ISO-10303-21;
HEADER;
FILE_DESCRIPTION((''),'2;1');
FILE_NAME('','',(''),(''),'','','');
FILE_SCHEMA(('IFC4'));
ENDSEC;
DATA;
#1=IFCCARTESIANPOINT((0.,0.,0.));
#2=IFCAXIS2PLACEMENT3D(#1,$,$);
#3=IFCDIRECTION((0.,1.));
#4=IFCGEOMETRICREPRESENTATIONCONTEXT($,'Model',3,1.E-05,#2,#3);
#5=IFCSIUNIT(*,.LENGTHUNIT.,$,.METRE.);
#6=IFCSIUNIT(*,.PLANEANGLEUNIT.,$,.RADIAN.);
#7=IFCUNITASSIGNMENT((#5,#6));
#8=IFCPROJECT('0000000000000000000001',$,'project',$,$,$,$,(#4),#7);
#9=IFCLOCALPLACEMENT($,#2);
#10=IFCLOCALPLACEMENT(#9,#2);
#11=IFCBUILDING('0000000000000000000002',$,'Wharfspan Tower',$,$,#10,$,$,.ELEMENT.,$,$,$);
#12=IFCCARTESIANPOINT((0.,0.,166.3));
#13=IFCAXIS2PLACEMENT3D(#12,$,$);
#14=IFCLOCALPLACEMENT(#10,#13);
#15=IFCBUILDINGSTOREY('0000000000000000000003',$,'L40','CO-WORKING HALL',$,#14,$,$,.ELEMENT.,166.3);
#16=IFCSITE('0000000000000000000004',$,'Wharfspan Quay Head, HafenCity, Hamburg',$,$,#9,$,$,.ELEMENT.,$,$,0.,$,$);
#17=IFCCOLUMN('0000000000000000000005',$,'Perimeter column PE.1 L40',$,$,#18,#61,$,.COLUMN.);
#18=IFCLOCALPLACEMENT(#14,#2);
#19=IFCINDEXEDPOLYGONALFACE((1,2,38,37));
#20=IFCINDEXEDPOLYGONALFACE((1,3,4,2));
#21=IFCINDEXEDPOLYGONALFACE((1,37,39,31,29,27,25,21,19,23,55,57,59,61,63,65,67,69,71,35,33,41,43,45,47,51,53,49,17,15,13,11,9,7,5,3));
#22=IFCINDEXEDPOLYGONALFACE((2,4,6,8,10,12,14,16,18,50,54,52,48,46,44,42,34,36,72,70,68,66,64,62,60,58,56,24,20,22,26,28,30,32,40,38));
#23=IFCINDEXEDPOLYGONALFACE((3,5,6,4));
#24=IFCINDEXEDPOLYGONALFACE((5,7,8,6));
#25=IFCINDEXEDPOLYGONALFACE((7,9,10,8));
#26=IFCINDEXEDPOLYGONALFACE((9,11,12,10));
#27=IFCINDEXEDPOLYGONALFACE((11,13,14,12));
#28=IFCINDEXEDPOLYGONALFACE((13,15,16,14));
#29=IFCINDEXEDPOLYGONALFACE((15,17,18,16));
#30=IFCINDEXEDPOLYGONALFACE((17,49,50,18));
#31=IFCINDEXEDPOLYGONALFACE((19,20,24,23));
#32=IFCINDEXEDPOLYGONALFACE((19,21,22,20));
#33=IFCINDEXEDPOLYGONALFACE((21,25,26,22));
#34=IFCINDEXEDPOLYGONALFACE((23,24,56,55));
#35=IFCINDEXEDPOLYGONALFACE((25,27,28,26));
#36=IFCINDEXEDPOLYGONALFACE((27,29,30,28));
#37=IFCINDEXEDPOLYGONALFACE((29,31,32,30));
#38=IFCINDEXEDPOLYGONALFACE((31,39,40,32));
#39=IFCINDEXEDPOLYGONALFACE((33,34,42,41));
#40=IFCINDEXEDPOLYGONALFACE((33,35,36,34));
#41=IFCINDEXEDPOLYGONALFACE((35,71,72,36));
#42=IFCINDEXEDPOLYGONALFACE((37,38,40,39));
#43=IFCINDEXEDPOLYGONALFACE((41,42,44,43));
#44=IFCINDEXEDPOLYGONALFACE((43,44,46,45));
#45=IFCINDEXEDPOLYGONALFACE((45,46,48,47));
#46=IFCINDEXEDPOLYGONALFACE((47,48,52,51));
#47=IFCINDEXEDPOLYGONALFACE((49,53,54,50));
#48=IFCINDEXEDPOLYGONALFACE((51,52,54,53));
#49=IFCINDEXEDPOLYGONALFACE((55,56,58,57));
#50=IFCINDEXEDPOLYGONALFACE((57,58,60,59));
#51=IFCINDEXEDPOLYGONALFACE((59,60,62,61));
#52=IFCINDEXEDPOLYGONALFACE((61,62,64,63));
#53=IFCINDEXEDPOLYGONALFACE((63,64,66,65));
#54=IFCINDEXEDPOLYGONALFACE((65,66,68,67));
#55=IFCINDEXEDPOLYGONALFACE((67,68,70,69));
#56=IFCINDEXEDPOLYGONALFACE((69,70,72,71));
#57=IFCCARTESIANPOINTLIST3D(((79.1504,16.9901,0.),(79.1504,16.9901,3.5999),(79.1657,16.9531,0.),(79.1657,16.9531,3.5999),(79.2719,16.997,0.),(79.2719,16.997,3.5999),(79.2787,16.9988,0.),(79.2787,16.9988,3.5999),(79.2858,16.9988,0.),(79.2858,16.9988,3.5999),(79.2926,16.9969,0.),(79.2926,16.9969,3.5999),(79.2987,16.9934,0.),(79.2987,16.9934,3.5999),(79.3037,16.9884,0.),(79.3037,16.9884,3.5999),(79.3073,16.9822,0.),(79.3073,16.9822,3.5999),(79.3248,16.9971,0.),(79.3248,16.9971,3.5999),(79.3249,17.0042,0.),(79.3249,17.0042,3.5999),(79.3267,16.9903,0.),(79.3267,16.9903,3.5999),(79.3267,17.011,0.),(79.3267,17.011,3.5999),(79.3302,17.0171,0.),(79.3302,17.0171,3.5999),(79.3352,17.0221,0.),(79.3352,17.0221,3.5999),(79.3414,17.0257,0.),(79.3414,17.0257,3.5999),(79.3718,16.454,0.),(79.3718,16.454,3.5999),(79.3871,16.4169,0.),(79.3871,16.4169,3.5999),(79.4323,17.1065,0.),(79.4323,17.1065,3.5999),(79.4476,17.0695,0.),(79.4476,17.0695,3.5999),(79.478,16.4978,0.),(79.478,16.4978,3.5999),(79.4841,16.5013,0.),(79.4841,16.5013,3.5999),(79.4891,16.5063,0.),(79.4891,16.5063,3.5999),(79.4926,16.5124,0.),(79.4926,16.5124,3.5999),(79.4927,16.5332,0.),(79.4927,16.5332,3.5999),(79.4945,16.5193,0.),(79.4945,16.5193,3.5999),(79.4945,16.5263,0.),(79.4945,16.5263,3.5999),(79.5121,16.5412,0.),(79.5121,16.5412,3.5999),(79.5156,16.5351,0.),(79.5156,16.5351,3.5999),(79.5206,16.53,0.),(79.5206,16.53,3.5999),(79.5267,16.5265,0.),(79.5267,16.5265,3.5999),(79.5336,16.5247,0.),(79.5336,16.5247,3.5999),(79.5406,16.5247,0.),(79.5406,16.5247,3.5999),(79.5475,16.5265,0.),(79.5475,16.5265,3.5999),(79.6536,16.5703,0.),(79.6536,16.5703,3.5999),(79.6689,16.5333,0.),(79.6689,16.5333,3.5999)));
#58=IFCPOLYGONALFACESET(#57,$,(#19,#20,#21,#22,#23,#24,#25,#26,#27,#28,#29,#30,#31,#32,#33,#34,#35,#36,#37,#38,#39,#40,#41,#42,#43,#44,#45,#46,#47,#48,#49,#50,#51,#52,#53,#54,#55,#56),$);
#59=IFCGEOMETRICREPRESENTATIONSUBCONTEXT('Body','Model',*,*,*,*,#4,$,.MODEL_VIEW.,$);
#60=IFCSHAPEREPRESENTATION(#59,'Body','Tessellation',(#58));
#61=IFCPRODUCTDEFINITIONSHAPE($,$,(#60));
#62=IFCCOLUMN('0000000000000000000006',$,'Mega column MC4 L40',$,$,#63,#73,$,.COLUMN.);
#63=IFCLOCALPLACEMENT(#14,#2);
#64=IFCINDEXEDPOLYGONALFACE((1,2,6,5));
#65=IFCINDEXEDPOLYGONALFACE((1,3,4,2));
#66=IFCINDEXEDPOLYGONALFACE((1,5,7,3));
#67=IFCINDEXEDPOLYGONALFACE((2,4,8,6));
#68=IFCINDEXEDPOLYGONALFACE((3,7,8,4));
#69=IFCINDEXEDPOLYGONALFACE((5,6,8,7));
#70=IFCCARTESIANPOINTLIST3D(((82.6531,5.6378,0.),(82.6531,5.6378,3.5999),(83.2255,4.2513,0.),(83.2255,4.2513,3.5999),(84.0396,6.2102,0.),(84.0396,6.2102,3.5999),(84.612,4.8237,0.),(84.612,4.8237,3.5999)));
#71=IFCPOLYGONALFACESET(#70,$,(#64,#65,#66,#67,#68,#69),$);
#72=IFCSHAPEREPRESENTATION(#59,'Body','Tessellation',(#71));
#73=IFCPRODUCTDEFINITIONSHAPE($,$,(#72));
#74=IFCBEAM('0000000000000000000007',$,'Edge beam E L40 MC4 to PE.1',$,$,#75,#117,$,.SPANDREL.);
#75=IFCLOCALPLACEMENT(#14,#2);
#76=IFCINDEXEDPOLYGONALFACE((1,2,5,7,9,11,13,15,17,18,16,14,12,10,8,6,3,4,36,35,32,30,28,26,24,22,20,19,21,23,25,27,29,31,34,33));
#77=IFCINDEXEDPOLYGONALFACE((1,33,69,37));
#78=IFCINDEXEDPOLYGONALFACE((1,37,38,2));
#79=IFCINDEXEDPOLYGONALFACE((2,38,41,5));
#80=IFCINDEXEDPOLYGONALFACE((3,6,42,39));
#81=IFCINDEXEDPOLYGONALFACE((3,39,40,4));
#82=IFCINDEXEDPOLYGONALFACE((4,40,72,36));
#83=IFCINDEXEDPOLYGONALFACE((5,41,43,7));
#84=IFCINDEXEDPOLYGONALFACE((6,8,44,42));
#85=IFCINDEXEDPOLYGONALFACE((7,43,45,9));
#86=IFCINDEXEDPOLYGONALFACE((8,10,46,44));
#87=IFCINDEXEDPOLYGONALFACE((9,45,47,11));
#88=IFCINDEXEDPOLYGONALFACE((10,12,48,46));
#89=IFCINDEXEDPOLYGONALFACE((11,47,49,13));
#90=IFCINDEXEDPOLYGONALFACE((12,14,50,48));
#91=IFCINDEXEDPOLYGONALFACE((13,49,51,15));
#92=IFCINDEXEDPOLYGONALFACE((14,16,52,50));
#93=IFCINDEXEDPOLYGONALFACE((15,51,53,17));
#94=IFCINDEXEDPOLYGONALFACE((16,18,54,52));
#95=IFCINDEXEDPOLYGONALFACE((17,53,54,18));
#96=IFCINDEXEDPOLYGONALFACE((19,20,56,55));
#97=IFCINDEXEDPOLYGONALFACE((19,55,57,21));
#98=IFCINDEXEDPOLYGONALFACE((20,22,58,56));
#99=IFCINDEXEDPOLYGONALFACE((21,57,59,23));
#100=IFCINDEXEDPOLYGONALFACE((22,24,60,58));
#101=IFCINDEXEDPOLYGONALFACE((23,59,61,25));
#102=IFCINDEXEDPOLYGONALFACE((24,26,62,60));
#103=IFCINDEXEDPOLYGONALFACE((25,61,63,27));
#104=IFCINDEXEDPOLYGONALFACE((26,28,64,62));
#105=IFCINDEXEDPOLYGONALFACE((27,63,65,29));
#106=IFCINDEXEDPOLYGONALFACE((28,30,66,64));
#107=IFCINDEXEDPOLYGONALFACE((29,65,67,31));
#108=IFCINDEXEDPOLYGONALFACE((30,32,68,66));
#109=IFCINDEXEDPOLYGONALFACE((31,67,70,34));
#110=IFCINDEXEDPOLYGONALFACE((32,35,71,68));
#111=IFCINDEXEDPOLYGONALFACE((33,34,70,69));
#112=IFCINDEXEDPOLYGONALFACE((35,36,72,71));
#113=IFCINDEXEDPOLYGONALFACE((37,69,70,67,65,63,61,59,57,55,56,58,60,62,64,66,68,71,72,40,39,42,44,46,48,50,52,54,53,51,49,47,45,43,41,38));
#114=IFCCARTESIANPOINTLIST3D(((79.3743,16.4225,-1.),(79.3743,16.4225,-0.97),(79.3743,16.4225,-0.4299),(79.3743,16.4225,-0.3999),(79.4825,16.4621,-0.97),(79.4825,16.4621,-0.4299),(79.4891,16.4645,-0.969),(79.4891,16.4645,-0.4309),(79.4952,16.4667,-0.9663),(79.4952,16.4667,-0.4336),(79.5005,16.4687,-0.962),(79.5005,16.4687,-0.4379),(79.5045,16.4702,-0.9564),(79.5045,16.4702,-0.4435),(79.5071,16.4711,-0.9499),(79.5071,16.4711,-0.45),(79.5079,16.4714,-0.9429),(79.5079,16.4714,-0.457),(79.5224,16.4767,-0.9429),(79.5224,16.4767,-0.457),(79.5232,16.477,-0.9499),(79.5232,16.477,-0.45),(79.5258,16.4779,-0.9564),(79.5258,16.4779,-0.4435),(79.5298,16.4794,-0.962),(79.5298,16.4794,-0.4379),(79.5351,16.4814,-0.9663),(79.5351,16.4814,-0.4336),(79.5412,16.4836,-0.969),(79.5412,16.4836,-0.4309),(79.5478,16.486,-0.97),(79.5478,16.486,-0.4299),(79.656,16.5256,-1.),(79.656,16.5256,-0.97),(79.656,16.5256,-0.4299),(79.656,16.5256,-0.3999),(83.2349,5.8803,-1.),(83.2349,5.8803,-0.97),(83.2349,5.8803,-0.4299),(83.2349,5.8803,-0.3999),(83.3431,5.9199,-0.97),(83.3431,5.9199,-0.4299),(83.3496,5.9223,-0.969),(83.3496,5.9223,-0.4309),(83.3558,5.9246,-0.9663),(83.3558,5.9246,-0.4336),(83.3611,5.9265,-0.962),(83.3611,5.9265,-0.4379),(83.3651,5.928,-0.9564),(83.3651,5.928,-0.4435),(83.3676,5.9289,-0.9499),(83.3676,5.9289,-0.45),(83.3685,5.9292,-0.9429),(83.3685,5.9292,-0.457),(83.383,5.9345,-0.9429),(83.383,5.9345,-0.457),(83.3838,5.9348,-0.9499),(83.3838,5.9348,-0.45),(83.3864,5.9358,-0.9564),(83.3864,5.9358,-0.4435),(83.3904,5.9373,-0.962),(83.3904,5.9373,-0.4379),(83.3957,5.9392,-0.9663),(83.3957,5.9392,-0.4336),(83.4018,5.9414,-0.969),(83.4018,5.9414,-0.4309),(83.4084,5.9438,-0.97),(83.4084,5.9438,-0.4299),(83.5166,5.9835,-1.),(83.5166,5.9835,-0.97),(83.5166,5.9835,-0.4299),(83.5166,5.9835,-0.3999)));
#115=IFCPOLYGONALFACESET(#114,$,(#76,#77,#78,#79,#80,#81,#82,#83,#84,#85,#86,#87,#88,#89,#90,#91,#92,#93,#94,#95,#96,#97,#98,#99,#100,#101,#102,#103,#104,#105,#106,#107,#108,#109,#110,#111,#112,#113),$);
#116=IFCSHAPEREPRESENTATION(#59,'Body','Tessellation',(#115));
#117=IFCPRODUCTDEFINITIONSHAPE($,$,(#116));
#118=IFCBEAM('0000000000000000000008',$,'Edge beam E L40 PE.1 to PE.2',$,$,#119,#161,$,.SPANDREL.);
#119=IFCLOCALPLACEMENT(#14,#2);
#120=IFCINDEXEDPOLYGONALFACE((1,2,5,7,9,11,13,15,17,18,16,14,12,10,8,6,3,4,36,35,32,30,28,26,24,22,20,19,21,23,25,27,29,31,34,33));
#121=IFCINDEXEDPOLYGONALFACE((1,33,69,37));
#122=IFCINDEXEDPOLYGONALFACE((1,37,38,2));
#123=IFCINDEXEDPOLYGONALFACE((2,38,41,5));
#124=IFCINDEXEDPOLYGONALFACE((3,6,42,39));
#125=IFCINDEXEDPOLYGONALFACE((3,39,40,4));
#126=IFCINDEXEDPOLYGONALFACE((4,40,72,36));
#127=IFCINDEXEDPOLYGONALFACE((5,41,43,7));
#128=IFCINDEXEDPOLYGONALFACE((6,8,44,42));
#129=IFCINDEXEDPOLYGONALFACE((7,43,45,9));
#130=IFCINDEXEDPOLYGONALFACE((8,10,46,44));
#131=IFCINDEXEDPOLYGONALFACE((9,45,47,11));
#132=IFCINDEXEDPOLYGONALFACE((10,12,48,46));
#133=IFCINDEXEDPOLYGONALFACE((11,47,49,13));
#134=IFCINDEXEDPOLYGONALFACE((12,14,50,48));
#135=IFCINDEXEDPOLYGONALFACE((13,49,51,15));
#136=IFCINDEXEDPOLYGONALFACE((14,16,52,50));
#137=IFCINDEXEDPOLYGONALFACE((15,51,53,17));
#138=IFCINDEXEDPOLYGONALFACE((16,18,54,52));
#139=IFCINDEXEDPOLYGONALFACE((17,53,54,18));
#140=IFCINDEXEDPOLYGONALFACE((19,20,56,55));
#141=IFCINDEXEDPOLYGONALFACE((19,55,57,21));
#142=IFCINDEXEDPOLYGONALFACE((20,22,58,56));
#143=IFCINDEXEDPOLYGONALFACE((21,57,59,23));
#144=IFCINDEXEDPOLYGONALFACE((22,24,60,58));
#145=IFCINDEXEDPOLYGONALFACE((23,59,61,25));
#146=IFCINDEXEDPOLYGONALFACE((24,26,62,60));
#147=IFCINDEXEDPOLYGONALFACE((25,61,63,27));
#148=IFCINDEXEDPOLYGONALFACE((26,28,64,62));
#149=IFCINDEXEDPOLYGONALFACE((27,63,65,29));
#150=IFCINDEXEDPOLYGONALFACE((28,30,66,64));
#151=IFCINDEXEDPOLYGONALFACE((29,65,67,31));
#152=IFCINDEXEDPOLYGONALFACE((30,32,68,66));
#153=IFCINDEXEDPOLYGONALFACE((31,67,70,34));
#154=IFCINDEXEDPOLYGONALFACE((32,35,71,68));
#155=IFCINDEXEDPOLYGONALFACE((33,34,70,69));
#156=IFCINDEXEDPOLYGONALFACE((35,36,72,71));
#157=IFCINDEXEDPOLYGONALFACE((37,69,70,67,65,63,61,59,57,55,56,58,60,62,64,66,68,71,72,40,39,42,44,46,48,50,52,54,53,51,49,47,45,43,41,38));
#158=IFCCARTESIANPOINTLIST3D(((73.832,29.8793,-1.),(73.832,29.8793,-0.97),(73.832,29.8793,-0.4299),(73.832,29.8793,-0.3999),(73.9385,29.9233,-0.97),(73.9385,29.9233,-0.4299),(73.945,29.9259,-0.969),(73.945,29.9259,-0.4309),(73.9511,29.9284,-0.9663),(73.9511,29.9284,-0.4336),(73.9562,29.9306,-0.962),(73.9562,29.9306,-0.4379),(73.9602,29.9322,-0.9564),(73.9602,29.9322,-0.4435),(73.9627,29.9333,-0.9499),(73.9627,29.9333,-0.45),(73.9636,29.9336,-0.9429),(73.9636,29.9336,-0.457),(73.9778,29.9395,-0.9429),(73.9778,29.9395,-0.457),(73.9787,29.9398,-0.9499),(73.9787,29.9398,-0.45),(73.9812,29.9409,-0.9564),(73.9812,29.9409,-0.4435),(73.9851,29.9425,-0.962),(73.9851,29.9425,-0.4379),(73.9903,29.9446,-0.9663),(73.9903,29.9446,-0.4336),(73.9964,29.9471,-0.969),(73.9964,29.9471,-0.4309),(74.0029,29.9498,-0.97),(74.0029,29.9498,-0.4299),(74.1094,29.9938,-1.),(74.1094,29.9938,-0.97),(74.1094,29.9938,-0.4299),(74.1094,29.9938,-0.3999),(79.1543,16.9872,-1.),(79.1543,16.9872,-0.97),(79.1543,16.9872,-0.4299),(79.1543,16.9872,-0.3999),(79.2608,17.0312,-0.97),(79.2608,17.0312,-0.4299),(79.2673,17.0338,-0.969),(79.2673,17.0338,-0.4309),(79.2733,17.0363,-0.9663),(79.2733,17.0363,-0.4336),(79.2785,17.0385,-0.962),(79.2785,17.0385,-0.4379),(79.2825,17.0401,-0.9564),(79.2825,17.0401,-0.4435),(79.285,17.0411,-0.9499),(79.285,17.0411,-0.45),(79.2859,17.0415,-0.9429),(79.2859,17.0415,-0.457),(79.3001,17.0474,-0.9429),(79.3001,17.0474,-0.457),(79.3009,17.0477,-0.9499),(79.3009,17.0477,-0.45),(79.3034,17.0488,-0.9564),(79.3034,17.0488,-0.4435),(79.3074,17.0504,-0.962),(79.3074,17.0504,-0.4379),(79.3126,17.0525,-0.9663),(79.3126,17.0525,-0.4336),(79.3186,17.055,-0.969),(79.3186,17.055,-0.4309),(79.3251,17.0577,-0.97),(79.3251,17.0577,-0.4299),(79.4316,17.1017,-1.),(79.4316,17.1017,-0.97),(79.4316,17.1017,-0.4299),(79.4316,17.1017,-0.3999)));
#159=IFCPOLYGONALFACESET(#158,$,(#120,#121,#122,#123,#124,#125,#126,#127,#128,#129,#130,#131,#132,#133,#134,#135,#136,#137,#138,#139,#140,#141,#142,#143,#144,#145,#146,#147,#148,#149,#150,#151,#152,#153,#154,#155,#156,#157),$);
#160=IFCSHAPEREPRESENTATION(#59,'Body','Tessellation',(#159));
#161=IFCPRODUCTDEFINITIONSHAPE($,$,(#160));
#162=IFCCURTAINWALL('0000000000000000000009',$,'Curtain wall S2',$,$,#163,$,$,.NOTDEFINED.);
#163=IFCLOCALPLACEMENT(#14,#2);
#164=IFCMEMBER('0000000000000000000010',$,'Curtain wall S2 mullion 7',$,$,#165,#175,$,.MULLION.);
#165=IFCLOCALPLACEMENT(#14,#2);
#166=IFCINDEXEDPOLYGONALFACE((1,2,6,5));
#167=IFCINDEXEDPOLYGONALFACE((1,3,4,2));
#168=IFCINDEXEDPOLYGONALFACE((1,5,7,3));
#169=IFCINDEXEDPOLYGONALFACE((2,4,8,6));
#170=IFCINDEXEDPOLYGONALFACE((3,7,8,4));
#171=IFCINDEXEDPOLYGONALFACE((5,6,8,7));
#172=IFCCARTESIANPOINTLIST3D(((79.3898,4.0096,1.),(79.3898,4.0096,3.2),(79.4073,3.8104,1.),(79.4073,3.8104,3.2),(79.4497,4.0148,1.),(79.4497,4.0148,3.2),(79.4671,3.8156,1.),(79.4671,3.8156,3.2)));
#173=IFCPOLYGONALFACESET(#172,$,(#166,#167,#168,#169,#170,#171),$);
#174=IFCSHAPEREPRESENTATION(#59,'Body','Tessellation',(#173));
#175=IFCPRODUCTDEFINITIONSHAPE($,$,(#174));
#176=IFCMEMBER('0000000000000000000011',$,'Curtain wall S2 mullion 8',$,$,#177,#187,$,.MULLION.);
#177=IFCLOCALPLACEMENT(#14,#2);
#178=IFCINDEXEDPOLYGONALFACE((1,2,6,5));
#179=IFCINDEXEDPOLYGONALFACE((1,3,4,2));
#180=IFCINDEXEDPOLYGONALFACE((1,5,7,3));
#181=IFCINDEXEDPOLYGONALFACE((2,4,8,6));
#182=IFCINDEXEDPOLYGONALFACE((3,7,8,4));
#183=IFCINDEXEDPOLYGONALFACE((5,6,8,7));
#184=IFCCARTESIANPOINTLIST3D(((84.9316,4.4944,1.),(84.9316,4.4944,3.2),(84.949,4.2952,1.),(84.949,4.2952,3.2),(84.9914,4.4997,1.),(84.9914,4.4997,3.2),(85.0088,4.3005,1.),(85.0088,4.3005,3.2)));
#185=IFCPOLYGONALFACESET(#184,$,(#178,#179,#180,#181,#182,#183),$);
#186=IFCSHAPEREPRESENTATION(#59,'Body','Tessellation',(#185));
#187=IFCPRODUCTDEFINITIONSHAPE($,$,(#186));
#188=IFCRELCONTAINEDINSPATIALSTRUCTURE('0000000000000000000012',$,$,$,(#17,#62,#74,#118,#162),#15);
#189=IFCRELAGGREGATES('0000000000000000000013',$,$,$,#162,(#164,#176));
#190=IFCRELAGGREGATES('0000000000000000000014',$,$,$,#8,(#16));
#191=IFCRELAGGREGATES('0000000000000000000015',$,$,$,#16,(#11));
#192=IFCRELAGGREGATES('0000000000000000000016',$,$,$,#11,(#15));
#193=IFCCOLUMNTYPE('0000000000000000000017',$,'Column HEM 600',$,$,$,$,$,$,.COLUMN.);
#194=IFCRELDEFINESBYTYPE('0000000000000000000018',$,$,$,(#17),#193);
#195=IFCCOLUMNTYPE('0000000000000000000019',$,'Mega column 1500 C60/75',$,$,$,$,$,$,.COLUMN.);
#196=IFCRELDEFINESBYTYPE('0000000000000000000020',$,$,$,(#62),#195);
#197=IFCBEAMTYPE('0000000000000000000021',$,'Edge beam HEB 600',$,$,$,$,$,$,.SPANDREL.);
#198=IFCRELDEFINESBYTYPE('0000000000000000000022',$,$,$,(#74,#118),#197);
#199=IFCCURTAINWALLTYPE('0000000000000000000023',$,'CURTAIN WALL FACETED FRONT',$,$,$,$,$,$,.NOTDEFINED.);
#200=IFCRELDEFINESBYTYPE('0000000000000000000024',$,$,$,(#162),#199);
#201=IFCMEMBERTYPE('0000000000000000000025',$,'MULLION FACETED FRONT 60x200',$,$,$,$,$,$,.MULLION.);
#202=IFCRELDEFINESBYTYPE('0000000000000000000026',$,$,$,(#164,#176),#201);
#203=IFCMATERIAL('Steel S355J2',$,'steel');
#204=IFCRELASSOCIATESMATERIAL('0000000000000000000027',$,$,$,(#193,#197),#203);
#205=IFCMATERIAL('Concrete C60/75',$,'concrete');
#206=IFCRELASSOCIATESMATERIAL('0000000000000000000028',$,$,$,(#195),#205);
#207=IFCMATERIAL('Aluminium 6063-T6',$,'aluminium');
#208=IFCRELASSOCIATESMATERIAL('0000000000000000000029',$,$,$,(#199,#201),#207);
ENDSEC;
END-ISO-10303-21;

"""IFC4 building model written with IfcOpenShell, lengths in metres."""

from ifc_helpers import new_model, si_unit, direction, frame, origin, origin_2d, place, context, subcontext, project, spatial, rectangle, i_section, extrude, material, material_profile, profile_set, type_object, element, aggregate, save


model = new_model("IFC4")

# Units and contexts
model_context = context("Model", 3, precision=1e-05, world=origin(), true_north=direction((0.0, 1.0)))
body_context = subcontext(model_context, "Body", "Model", "MODEL_VIEW")
ifc_project = project(units=[si_unit("LENGTHUNIT", "METRE"), si_unit("PLANEANGLEUNIT", "RADIAN")], contexts=[model_context])

# Site, building, storey
site_placement = place(None, origin())
site = spatial("IfcSite", under=ifc_project, at=site_placement, Name="Wharfspan Quay Head, HafenCity, Hamburg", CompositionType="ELEMENT", RefElevation=0.0)
building_placement = place(site_placement, origin())
building = spatial("IfcBuilding", under=site, at=building_placement, Name="Wharfspan Tower", CompositionType="ELEMENT")
storey_placement = place(building_placement, frame((0.0, 0.0, 166.3)))
storey = spatial("IfcBuildingStorey", under=building, at=storey_placement, Name="L40", Description="CO-WORKING HALL", CompositionType="ELEMENT", Elevation=166.3)

# Columns
ifc_material_1 = material(Name="Steel S355J2", Category="steel")
ifc_material_profile_1 = material_profile(ifc_material_1, i_section(OverallWidth=0.3049, OverallDepth=0.6201, WebThickness=0.021, FlangeThickness=0.04, FilletRadius=0.0271, at=origin_2d()))
ifc_profile_set_1 = profile_set([ifc_material_profile_1], Name="Steel S355J2")
column_type_1 = type_object("IfcColumnType", Name="Column HEM 600", PredefinedType="COLUMN", material=ifc_profile_set_1)
column_1_placement = place(storey_placement, frame((79.4097, 16.7617, 0.0), z_axis=(0.0, 0.0, 1.0), x_axis=(0.924325, 0.381602, 0.0)))
element("IfcColumn", 1, at=column_1_placement, inside=storey, type_object=column_type_1, Name="Perimeter column PE.1 L40", PredefinedType="COLUMN", context=body_context, shape_type="SweptSolid", body=[
    extrude(i_section(OverallWidth=0.3049, OverallDepth=0.6201, WebThickness=0.021, FlangeThickness=0.04, FilletRadius=0.0271, at=origin_2d()), origin(), (0.0, 0.0, 1.0), 3.5999),
])
ifc_material_2 = material(Name="Concrete C60/75", Category="concrete")
ifc_material_profile_2 = material_profile(ifc_material_2, rectangle(XDim=1.5, YDim=1.5, at=origin_2d()))
ifc_profile_set_2 = profile_set([ifc_material_profile_2], Name="Concrete C60/75")
column_type_2 = type_object("IfcColumnType", Name="Mega column 1500 C60/75", PredefinedType="COLUMN", material=ifc_profile_set_2)
column_2_placement = place(storey_placement, frame((83.6326, 5.2307, 0.0), z_axis=(0.0, 0.0, 1.0), x_axis=(-0.381602, 0.924325, 0.0)))
element("IfcColumn", 2, at=column_2_placement, inside=storey, type_object=column_type_2, Name="Mega column MC4 L40", PredefinedType="COLUMN", context=body_context, shape_type="SweptSolid", body=[
    extrude(rectangle(XDim=1.5, YDim=1.5, at=origin_2d()), origin(), (0.0, 0.0, 1.0), 3.5999),
])

# Beams
ifc_material_profile_3 = material_profile(ifc_material_1, i_section(OverallWidth=0.3, OverallDepth=0.6001, WebThickness=0.0154, FlangeThickness=0.03, FilletRadius=0.0271, at=origin_2d()))
ifc_profile_set_3 = profile_set([ifc_material_profile_3], Name="Steel S355J2")
beam_type = type_object("IfcBeamType", Name="Edge beam HEB 600", PredefinedType="SPANDREL", material=ifc_profile_set_3)
beam_1_placement = place(storey_placement, frame((83.3757, 5.9319, -0.7), z_axis=(-0.343871, 0.939017, 0.0), x_axis=(-0.939017, -0.343871, 0.0)))
element("IfcBeam", 3, at=beam_1_placement, inside=storey, type_object=beam_type, Name="Edge beam E L40 MC4 to PE.1", PredefinedType="SPANDREL", context=body_context, shape_type="SweptSolid", body=[
    extrude(i_section(OverallWidth=0.3, OverallDepth=0.6001, WebThickness=0.0154, FlangeThickness=0.03, FilletRadius=0.0271, at=origin_2d()), origin(), (0.0, 0.0, 1.0), 11.2268),
])
beam_2_placement = place(storey_placement, frame((79.293, 17.0444, -0.7), z_axis=(-0.381593, 0.92433, 0.0), x_axis=(-0.92433, -0.381593, 0.0)))
element("IfcBeam", 4, at=beam_2_placement, inside=storey, type_object=beam_type, Name="Edge beam E L40 PE.1 to PE.2", PredefinedType="SPANDREL", context=body_context, shape_type="SweptSolid", body=[
    extrude(i_section(OverallWidth=0.3, OverallDepth=0.6001, WebThickness=0.0154, FlangeThickness=0.03, FilletRadius=0.0271, at=origin_2d()), origin(), (0.0, 0.0, 1.0), 13.9475),
])

# Curtain wall, members
ifc_material_3 = material(Name="Aluminium 6063-T6", Category="aluminium")
curtain_wall_type_1 = type_object("IfcCurtainWallType", Name="CURTAIN WALL FACETED FRONT", PredefinedType="NOTDEFINED", material=ifc_material_3)
curtain_wall_1_placement = place(storey_placement, origin())
curtain_wall_1 = element("IfcCurtainWall", 5, at=curtain_wall_1_placement, inside=storey, type_object=curtain_wall_type_1, Name="Curtain wall S2", PredefinedType="NOTDEFINED")
ifc_material_profile_4 = material_profile(ifc_material_3, rectangle(XDim=0.2, YDim=0.0601, at=origin_2d()))
ifc_profile_set_4 = profile_set([ifc_material_profile_4], Name="Aluminium 6063-T6")
member_type_1 = type_object("IfcMemberType", Name="MULLION FACETED FRONT 60x200", PredefinedType="MULLION", material=ifc_profile_set_4)
member_1_placement = place(storey_placement, frame((79.4285, 3.9126, 1.0), z_axis=(0.0, 0.0, 1.0), x_axis=(-0.087156, 0.996198, 0.0)))
member_1 = element("IfcMember", 6, at=member_1_placement, type_object=member_type_1, Name="Curtain wall S2 mullion 7", PredefinedType="MULLION", context=body_context, shape_type="SweptSolid", body=[
    extrude(rectangle(XDim=0.2, YDim=0.0601, at=origin_2d()), origin(), (0.0, 0.0, 1.0), 2.2),
])
member_2_placement = place(storey_placement, frame((84.9702, 4.3975, 1.0), z_axis=(0.0, 0.0, 1.0), x_axis=(-0.087156, 0.996198, 0.0)))
member_2 = element("IfcMember", 7, at=member_2_placement, type_object=member_type_1, Name="Curtain wall S2 mullion 8", PredefinedType="MULLION", context=body_context, shape_type="SweptSolid", body=[
    extrude(rectangle(XDim=0.2, YDim=0.0601, at=origin_2d()), origin(), (0.0, 0.0, 1.0), 2.2),
])

aggregate(curtain_wall_1, [member_1, member_2])

save(model, "model.ifc")
